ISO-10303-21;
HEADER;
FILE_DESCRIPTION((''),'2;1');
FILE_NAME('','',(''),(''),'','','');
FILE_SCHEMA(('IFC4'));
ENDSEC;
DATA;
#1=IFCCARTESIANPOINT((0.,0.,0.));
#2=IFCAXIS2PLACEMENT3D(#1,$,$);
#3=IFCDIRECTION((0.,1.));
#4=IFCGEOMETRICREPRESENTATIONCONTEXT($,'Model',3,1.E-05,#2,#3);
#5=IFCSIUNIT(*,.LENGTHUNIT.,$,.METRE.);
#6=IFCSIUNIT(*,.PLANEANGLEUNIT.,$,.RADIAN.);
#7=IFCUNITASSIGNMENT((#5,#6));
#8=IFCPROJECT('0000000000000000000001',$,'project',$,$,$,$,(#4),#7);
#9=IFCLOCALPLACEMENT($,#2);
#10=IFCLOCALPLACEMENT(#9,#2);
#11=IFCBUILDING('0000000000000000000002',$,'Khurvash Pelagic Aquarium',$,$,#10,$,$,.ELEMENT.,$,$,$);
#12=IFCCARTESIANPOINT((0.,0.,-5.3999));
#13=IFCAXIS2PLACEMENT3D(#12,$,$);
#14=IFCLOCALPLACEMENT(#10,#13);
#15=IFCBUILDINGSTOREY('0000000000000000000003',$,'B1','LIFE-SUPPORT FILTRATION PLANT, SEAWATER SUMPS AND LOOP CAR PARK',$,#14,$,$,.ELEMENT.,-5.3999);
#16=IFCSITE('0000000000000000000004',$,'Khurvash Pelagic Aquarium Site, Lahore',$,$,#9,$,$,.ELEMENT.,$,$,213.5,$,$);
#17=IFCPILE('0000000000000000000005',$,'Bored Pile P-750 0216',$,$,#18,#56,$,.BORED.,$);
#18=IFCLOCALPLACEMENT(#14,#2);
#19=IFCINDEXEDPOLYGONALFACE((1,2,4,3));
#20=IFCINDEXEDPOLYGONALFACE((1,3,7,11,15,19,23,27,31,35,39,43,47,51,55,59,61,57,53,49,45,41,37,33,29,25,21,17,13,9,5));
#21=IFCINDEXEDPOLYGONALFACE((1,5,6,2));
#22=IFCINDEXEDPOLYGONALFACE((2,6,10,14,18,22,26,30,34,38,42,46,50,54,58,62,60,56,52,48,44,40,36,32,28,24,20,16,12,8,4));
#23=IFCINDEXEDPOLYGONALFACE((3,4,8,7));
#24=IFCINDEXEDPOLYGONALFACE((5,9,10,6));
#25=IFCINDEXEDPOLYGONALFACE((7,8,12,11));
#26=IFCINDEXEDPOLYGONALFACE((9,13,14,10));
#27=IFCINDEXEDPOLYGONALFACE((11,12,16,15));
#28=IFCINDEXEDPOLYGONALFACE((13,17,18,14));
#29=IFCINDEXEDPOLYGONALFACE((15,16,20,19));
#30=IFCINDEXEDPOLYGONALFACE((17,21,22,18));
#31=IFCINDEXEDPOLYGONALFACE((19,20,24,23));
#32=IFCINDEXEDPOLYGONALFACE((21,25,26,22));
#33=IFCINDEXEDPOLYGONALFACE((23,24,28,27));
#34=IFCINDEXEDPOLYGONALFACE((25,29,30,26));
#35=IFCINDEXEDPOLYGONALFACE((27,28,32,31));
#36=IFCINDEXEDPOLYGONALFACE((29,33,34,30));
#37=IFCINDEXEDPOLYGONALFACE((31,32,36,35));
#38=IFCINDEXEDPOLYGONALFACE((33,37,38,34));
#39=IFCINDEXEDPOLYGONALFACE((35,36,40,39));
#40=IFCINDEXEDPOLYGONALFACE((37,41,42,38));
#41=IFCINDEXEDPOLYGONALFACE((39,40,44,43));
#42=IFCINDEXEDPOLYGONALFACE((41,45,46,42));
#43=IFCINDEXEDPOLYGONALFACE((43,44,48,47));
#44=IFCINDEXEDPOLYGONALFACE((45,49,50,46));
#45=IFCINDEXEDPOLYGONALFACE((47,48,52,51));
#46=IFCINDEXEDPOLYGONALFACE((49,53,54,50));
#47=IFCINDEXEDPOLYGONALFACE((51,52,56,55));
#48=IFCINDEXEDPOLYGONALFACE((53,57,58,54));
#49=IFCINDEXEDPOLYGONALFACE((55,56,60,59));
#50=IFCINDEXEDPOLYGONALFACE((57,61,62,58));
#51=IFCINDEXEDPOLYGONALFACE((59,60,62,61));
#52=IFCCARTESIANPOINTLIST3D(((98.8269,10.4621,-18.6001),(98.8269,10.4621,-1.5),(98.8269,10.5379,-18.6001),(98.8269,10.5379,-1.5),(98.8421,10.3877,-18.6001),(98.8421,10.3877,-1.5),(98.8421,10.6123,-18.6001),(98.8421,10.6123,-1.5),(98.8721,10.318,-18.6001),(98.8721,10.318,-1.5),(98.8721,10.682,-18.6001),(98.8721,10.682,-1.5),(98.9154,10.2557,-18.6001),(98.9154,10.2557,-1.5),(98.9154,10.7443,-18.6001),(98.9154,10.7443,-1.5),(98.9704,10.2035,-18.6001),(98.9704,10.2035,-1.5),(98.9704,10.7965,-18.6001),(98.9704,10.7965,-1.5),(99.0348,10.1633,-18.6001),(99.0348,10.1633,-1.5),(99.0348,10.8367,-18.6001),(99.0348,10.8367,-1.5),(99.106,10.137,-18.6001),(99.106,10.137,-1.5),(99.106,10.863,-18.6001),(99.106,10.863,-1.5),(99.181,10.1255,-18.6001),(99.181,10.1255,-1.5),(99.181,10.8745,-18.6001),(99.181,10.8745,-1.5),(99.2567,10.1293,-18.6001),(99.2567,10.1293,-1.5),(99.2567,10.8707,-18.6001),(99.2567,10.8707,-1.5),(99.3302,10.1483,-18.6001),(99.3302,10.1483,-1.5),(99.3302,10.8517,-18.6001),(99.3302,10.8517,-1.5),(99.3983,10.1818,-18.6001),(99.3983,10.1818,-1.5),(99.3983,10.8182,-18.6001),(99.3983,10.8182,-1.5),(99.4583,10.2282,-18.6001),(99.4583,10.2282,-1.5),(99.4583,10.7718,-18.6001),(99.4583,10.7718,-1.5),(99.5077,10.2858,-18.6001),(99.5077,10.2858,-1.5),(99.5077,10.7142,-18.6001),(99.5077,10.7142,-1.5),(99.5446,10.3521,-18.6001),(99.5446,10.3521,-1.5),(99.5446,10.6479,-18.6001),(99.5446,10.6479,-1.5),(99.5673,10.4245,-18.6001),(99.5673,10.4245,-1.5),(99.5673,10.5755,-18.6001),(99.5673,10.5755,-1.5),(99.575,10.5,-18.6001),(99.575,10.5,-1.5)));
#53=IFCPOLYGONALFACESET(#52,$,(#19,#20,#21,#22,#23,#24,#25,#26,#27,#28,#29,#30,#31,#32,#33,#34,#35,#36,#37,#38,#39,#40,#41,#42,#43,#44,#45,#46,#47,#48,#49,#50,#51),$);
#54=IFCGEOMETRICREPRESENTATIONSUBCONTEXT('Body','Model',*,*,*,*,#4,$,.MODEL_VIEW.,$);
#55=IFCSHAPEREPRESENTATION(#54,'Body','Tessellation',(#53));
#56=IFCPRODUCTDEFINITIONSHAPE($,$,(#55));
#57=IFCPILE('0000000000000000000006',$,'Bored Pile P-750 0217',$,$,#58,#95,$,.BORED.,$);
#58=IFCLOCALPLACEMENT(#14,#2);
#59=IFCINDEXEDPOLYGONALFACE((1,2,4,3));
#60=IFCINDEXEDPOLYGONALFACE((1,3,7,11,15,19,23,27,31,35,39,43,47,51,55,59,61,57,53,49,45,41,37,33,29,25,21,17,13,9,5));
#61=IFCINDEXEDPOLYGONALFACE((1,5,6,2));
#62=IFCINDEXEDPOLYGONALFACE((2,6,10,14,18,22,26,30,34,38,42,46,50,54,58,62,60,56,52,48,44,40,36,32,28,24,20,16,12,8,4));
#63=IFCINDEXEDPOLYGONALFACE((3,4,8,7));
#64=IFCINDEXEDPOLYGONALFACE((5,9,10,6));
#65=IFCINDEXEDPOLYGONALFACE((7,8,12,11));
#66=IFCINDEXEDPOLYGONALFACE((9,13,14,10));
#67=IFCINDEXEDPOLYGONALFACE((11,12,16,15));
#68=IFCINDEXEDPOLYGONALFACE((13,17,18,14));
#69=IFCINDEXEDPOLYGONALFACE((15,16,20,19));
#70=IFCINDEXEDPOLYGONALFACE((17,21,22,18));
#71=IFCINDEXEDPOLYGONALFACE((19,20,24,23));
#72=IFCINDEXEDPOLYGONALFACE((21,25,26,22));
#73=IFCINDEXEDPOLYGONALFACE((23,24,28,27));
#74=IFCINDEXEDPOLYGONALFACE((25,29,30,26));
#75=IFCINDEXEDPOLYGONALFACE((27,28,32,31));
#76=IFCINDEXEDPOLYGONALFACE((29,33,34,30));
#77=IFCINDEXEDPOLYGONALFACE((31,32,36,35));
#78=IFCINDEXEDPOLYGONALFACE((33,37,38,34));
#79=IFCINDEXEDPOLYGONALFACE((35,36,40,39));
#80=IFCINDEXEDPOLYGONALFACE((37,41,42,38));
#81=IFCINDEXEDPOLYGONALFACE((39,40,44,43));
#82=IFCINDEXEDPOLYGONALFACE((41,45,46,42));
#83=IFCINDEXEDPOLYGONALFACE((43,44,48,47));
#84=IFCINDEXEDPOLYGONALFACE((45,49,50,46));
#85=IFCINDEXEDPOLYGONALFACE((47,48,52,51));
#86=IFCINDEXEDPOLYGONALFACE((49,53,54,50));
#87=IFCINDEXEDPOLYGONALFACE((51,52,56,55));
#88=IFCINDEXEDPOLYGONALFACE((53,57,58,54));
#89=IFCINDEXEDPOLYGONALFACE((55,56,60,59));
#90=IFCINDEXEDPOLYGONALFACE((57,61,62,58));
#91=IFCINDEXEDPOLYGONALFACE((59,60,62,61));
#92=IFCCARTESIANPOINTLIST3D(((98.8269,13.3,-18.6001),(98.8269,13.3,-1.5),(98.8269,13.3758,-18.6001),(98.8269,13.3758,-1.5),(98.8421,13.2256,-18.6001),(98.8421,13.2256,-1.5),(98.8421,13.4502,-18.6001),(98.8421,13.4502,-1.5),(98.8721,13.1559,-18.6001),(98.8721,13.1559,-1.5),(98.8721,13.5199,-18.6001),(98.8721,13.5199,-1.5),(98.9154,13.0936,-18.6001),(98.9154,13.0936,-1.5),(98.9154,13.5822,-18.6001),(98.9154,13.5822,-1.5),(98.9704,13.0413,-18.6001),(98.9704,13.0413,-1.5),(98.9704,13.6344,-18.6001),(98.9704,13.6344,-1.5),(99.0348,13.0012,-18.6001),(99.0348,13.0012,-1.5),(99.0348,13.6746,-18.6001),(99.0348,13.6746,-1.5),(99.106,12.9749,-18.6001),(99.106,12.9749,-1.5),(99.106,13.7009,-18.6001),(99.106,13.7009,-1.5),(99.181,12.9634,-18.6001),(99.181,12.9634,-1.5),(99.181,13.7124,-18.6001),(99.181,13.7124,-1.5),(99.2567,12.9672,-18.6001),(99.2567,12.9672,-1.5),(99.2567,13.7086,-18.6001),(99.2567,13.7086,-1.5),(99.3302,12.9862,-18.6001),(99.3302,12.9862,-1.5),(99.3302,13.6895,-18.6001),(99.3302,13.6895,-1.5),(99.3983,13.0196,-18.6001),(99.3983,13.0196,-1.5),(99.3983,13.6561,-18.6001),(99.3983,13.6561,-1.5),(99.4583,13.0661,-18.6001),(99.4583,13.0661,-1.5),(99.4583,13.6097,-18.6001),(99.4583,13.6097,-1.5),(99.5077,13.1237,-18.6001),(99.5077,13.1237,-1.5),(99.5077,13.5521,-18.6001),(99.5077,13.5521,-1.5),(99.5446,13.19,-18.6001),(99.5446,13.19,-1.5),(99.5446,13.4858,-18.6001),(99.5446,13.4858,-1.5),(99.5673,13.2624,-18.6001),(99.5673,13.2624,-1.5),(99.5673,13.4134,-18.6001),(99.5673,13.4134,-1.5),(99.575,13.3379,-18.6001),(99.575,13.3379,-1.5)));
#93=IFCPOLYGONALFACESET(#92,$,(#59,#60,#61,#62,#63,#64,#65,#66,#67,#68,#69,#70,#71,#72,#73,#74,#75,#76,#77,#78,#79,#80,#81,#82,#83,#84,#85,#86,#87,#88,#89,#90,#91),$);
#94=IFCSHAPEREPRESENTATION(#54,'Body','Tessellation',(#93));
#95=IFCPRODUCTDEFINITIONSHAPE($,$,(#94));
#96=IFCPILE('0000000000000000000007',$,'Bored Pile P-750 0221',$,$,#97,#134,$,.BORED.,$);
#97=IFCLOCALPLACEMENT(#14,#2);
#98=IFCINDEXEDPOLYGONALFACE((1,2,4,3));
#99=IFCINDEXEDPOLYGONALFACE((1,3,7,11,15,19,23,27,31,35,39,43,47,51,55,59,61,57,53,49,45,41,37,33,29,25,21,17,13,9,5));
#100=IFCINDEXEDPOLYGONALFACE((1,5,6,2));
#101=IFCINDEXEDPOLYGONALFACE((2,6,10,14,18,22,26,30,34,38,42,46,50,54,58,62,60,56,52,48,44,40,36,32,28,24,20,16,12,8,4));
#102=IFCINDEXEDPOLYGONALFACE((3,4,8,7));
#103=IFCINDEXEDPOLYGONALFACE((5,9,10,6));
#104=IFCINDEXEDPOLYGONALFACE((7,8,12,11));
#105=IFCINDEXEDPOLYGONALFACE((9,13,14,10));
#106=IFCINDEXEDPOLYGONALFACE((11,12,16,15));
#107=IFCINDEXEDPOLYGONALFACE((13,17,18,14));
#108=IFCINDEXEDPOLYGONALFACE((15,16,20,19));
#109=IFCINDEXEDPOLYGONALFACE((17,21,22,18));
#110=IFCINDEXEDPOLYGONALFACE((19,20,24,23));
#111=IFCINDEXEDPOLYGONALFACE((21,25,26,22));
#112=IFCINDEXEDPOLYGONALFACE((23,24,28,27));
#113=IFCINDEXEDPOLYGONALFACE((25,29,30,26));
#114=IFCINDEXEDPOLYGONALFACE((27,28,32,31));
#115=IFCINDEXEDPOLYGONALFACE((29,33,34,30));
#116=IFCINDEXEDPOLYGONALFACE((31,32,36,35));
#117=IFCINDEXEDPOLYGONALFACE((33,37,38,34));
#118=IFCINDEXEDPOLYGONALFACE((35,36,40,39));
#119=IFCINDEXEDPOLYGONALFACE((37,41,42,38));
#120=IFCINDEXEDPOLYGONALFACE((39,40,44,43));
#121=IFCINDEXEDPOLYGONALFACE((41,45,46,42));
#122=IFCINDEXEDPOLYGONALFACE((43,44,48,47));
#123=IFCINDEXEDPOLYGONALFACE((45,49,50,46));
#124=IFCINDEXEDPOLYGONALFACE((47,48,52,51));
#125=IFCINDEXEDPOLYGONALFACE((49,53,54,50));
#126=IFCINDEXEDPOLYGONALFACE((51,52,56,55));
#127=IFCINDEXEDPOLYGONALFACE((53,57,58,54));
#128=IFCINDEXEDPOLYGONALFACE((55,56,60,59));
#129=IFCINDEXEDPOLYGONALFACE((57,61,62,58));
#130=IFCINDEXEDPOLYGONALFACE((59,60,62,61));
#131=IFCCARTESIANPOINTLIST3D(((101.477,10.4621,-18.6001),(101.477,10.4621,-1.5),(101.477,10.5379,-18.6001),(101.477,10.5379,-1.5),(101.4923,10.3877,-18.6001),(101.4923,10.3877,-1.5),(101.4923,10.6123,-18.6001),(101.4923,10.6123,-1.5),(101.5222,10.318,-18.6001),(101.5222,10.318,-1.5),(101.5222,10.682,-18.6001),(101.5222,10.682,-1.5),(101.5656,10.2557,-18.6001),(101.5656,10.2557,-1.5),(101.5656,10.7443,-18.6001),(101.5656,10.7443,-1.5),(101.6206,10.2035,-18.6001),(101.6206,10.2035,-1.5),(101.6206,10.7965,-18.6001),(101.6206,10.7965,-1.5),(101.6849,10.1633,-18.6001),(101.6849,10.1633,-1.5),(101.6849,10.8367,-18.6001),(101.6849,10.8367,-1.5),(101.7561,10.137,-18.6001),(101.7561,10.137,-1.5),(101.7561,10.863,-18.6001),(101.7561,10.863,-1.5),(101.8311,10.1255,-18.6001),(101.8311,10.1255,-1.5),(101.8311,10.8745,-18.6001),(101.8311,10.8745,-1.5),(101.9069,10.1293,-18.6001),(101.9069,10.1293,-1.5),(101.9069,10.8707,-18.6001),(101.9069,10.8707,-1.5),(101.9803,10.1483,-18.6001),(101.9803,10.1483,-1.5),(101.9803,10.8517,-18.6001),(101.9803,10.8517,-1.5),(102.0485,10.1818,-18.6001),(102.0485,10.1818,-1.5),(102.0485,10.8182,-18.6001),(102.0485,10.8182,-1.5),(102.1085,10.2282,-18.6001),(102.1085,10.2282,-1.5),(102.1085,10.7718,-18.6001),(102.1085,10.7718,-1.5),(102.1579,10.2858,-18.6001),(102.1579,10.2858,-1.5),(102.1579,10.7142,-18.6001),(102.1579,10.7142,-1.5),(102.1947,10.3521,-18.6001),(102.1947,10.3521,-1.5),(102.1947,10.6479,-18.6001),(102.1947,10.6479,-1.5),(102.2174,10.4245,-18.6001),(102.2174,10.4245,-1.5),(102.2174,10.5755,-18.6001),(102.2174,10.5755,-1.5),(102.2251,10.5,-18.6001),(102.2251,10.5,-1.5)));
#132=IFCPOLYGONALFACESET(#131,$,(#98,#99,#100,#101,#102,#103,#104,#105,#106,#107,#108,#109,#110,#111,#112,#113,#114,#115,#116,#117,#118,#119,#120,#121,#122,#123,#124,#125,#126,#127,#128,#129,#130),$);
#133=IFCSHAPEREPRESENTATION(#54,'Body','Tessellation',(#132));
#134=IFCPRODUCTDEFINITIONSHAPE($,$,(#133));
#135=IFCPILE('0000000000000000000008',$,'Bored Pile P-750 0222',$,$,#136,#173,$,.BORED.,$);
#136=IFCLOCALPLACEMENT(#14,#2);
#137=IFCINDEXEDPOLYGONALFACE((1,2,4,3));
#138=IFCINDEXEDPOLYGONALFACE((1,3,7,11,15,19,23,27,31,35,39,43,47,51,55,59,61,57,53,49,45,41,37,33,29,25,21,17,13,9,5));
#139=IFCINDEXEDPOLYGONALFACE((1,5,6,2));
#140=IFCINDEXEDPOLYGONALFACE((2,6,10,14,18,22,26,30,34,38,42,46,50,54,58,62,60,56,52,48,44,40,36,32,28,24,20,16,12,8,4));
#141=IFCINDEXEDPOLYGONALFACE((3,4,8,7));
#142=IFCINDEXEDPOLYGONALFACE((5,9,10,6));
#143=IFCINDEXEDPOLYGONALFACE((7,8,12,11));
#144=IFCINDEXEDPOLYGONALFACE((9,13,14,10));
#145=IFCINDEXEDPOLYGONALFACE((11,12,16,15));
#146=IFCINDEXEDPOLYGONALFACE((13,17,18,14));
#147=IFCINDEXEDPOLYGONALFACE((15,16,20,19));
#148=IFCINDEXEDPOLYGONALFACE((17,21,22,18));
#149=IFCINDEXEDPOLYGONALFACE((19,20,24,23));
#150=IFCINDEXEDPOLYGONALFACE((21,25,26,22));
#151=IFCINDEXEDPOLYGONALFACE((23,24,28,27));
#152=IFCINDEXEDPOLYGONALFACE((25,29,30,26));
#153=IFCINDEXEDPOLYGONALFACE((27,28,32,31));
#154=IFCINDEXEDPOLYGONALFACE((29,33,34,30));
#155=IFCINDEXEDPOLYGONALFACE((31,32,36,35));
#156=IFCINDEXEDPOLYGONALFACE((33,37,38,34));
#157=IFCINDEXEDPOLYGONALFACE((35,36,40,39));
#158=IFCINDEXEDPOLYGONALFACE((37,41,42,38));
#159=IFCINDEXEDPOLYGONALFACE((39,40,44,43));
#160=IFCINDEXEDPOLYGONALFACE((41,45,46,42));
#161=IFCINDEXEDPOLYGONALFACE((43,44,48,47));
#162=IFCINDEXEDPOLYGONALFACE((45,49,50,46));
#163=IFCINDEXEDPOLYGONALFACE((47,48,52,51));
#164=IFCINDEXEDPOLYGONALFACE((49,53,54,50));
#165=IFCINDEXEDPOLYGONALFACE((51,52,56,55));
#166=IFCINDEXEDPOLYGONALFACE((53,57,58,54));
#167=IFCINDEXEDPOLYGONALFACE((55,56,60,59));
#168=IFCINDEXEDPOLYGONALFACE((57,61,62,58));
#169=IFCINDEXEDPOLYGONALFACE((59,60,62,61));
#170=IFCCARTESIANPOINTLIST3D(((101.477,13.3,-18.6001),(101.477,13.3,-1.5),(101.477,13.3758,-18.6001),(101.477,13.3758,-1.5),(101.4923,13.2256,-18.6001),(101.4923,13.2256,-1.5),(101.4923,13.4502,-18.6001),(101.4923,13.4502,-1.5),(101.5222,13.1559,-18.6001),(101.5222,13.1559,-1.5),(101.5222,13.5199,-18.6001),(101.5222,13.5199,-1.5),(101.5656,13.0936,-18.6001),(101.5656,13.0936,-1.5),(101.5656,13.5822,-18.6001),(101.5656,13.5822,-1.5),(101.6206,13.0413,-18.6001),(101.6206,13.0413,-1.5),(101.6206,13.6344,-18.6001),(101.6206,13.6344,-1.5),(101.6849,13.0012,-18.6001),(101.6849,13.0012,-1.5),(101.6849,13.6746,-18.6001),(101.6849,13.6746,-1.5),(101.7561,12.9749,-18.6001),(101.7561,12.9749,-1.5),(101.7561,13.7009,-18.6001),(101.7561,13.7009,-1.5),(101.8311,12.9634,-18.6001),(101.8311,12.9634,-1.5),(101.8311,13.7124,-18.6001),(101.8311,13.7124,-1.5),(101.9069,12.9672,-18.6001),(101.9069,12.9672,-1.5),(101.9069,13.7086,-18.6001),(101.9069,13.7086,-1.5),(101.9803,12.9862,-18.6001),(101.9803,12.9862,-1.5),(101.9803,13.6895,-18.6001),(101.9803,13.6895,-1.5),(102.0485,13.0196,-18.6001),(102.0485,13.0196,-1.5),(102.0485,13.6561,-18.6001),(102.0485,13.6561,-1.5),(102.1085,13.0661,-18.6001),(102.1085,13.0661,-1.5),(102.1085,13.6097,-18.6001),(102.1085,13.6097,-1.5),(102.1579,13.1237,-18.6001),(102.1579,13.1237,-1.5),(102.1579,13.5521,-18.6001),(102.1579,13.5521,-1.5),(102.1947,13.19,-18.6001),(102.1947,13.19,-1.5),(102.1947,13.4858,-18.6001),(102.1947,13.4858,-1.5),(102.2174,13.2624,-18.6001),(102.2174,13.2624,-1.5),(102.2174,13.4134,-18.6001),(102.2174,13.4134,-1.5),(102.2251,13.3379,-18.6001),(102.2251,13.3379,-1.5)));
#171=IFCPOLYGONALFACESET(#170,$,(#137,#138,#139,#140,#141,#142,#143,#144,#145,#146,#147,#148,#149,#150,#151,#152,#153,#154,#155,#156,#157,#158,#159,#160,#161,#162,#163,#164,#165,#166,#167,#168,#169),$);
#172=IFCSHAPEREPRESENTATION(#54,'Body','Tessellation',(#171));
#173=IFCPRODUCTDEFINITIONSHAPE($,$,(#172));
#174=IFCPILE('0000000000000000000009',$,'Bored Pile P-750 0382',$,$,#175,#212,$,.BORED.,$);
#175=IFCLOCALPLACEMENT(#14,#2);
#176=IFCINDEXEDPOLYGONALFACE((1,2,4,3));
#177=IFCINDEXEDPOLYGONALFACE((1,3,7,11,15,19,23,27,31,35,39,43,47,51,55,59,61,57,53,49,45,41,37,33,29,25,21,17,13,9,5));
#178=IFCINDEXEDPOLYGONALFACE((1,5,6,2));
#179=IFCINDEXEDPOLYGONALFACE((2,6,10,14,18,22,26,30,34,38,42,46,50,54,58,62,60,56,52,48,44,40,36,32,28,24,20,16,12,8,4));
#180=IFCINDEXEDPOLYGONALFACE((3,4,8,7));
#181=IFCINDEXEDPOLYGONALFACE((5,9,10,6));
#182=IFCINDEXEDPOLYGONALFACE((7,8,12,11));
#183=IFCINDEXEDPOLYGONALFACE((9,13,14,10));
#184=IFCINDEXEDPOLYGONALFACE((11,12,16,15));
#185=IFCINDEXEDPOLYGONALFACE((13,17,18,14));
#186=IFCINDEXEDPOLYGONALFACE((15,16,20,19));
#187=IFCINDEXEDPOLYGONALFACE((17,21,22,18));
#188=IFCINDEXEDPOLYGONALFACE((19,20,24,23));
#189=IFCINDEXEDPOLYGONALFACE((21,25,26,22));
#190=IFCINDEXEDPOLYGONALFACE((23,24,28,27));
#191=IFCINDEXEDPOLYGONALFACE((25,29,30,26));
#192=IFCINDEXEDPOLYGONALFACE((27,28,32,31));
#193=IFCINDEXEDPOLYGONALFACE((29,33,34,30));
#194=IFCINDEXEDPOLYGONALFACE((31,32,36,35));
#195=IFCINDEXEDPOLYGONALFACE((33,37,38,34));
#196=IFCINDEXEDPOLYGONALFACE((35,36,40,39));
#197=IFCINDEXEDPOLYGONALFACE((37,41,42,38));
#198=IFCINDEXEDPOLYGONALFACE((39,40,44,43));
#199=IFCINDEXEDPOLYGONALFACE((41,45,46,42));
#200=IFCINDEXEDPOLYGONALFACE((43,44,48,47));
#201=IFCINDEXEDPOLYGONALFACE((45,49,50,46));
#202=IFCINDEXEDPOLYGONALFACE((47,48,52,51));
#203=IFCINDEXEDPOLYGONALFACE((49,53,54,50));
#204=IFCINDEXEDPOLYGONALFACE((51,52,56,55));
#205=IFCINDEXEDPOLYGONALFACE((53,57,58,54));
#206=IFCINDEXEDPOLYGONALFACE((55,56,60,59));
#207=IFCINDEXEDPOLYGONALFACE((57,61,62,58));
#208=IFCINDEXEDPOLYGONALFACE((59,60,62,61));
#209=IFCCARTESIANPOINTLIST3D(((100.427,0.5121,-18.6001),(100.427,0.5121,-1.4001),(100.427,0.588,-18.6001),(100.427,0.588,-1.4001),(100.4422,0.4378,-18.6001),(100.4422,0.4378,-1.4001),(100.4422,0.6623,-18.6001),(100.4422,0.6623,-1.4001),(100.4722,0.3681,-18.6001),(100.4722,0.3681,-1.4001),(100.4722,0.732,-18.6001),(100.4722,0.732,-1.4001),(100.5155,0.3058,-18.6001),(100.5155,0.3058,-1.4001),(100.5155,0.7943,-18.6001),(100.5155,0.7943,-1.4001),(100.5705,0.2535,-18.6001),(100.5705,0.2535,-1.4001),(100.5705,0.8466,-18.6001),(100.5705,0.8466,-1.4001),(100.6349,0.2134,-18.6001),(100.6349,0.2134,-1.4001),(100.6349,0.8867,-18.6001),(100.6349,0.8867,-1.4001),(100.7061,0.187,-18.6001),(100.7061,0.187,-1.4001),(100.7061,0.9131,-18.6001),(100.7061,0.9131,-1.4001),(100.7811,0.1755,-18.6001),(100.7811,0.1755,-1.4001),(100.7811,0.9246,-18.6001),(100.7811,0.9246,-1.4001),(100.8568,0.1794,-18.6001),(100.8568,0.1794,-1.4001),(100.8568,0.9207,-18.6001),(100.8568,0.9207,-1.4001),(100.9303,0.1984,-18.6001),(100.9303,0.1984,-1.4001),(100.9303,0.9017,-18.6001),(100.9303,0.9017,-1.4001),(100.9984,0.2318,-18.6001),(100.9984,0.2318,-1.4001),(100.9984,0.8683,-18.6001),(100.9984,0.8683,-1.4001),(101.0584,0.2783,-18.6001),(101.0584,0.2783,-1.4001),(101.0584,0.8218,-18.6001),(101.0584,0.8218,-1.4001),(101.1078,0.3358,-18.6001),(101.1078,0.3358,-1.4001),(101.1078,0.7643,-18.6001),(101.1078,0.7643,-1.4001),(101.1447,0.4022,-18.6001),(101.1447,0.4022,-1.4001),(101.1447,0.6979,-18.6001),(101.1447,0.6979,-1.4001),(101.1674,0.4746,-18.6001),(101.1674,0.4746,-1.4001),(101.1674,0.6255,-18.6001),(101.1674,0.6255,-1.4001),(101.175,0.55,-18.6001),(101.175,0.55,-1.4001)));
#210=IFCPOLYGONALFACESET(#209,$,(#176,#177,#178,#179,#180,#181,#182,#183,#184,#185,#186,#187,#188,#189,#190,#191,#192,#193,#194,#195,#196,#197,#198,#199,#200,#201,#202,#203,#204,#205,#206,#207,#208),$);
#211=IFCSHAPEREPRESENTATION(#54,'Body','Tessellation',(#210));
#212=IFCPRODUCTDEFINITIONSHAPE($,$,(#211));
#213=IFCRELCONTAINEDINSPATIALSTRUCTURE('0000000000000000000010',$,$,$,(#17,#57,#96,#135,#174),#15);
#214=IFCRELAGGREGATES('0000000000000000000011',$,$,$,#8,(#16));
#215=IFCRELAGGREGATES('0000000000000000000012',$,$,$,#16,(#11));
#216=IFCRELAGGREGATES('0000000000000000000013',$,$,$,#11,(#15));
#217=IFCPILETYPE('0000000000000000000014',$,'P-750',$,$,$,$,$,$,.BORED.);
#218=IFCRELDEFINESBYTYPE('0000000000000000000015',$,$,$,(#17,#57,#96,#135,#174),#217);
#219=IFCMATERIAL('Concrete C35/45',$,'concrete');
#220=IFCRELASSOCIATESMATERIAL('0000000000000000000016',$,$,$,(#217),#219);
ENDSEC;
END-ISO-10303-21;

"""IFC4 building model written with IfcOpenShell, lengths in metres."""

from ifc_helpers import new_model, si_unit, direction, frame, origin, origin_2d, place, context, subcontext, project, spatial, circle, extrude, material, material_profile, profile_set, type_object, element, save


model = new_model("IFC4")

# Units and contexts
model_context = context("Model", 3, precision=1e-05, world=origin(), true_north=direction((0.0, 1.0)))
body_context = subcontext(model_context, "Body", "Model", "MODEL_VIEW")
ifc_project = project(units=[si_unit("LENGTHUNIT", "METRE"), si_unit("PLANEANGLEUNIT", "RADIAN")], contexts=[model_context])

# Site, building, storey
site_placement = place(None, origin())
site = spatial("IfcSite", under=ifc_project, at=site_placement, Name="Khurvash Pelagic Aquarium Site, Lahore", CompositionType="ELEMENT", RefElevation=213.5)
building_placement = place(site_placement, origin())
building = spatial("IfcBuilding", under=site, at=building_placement, Name="Khurvash Pelagic Aquarium", CompositionType="ELEMENT")
storey_placement = place(building_placement, frame((0.0, 0.0, -5.3999)))
storey = spatial("IfcBuildingStorey", under=building, at=storey_placement, Name="B1", Description="LIFE-SUPPORT FILTRATION PLANT, SEAWATER SUMPS AND LOOP CAR PARK", CompositionType="ELEMENT", Elevation=-5.3999)

# Shared definitions
ifc_material_1 = material(Name="Concrete C35/45", Category="concrete")

# Piles
ifc_material_profile_1 = material_profile(ifc_material_1, circle(Radius=0.375, at=origin_2d()), Name="PILE750")
ifc_profile_set_1 = profile_set([ifc_material_profile_1], Name="Concrete C35/45")
pile_type = type_object("IfcPileType", Name="P-750", PredefinedType="BORED", material=ifc_profile_set_1)
for number, where, z_axis, x_axis, name in (
    (1, (99.2, 10.5, -1.5), (0.0, 0.0, -1.0), (1.0, 0.0, 0.0), "Bored Pile P-750 0216"),
    (2, (99.2, 13.3379, -1.5), (0.0, 0.0, -1.0), (1.0, 0.0, 0.0), "Bored Pile P-750 0217"),
    (3, (101.8501, 10.5, -1.5), (0.0, 0.0, -1.0), (1.0, 0.0, 0.0), "Bored Pile P-750 0221"),
    (4, (101.8501, 13.3379, -1.5), (0.0, 0.0, -1.0), (1.0, 0.0, 0.0), "Bored Pile P-750 0222"),
):
    element("IfcPile", number, at=place(storey_placement, frame(where, z_axis=z_axis, x_axis=x_axis)), inside=storey, type_object=pile_type, Name=name, PredefinedType="BORED", context=body_context, shape_type="SweptSolid", body=[
        extrude(circle(Radius=0.375, at=origin_2d()), origin(), (0.0, 0.0, 1.0), 17.1001),
    ])
for number, where, z_axis, x_axis, name in (
    (5, (100.8, 0.55, -1.4001), (0.0, 0.0, -1.0), (1.0, 0.0, 0.0), "Bored Pile P-750 0382"),
):
    element("IfcPile", number, at=place(storey_placement, frame(where, z_axis=z_axis, x_axis=x_axis)), inside=storey, type_object=pile_type, Name=name, PredefinedType="BORED", context=body_context, shape_type="SweptSolid", body=[
        extrude(circle(Radius=0.375, at=origin_2d()), origin(), (0.0, 0.0, 1.0), 17.2),
    ])

save(model, "model.ifc")
